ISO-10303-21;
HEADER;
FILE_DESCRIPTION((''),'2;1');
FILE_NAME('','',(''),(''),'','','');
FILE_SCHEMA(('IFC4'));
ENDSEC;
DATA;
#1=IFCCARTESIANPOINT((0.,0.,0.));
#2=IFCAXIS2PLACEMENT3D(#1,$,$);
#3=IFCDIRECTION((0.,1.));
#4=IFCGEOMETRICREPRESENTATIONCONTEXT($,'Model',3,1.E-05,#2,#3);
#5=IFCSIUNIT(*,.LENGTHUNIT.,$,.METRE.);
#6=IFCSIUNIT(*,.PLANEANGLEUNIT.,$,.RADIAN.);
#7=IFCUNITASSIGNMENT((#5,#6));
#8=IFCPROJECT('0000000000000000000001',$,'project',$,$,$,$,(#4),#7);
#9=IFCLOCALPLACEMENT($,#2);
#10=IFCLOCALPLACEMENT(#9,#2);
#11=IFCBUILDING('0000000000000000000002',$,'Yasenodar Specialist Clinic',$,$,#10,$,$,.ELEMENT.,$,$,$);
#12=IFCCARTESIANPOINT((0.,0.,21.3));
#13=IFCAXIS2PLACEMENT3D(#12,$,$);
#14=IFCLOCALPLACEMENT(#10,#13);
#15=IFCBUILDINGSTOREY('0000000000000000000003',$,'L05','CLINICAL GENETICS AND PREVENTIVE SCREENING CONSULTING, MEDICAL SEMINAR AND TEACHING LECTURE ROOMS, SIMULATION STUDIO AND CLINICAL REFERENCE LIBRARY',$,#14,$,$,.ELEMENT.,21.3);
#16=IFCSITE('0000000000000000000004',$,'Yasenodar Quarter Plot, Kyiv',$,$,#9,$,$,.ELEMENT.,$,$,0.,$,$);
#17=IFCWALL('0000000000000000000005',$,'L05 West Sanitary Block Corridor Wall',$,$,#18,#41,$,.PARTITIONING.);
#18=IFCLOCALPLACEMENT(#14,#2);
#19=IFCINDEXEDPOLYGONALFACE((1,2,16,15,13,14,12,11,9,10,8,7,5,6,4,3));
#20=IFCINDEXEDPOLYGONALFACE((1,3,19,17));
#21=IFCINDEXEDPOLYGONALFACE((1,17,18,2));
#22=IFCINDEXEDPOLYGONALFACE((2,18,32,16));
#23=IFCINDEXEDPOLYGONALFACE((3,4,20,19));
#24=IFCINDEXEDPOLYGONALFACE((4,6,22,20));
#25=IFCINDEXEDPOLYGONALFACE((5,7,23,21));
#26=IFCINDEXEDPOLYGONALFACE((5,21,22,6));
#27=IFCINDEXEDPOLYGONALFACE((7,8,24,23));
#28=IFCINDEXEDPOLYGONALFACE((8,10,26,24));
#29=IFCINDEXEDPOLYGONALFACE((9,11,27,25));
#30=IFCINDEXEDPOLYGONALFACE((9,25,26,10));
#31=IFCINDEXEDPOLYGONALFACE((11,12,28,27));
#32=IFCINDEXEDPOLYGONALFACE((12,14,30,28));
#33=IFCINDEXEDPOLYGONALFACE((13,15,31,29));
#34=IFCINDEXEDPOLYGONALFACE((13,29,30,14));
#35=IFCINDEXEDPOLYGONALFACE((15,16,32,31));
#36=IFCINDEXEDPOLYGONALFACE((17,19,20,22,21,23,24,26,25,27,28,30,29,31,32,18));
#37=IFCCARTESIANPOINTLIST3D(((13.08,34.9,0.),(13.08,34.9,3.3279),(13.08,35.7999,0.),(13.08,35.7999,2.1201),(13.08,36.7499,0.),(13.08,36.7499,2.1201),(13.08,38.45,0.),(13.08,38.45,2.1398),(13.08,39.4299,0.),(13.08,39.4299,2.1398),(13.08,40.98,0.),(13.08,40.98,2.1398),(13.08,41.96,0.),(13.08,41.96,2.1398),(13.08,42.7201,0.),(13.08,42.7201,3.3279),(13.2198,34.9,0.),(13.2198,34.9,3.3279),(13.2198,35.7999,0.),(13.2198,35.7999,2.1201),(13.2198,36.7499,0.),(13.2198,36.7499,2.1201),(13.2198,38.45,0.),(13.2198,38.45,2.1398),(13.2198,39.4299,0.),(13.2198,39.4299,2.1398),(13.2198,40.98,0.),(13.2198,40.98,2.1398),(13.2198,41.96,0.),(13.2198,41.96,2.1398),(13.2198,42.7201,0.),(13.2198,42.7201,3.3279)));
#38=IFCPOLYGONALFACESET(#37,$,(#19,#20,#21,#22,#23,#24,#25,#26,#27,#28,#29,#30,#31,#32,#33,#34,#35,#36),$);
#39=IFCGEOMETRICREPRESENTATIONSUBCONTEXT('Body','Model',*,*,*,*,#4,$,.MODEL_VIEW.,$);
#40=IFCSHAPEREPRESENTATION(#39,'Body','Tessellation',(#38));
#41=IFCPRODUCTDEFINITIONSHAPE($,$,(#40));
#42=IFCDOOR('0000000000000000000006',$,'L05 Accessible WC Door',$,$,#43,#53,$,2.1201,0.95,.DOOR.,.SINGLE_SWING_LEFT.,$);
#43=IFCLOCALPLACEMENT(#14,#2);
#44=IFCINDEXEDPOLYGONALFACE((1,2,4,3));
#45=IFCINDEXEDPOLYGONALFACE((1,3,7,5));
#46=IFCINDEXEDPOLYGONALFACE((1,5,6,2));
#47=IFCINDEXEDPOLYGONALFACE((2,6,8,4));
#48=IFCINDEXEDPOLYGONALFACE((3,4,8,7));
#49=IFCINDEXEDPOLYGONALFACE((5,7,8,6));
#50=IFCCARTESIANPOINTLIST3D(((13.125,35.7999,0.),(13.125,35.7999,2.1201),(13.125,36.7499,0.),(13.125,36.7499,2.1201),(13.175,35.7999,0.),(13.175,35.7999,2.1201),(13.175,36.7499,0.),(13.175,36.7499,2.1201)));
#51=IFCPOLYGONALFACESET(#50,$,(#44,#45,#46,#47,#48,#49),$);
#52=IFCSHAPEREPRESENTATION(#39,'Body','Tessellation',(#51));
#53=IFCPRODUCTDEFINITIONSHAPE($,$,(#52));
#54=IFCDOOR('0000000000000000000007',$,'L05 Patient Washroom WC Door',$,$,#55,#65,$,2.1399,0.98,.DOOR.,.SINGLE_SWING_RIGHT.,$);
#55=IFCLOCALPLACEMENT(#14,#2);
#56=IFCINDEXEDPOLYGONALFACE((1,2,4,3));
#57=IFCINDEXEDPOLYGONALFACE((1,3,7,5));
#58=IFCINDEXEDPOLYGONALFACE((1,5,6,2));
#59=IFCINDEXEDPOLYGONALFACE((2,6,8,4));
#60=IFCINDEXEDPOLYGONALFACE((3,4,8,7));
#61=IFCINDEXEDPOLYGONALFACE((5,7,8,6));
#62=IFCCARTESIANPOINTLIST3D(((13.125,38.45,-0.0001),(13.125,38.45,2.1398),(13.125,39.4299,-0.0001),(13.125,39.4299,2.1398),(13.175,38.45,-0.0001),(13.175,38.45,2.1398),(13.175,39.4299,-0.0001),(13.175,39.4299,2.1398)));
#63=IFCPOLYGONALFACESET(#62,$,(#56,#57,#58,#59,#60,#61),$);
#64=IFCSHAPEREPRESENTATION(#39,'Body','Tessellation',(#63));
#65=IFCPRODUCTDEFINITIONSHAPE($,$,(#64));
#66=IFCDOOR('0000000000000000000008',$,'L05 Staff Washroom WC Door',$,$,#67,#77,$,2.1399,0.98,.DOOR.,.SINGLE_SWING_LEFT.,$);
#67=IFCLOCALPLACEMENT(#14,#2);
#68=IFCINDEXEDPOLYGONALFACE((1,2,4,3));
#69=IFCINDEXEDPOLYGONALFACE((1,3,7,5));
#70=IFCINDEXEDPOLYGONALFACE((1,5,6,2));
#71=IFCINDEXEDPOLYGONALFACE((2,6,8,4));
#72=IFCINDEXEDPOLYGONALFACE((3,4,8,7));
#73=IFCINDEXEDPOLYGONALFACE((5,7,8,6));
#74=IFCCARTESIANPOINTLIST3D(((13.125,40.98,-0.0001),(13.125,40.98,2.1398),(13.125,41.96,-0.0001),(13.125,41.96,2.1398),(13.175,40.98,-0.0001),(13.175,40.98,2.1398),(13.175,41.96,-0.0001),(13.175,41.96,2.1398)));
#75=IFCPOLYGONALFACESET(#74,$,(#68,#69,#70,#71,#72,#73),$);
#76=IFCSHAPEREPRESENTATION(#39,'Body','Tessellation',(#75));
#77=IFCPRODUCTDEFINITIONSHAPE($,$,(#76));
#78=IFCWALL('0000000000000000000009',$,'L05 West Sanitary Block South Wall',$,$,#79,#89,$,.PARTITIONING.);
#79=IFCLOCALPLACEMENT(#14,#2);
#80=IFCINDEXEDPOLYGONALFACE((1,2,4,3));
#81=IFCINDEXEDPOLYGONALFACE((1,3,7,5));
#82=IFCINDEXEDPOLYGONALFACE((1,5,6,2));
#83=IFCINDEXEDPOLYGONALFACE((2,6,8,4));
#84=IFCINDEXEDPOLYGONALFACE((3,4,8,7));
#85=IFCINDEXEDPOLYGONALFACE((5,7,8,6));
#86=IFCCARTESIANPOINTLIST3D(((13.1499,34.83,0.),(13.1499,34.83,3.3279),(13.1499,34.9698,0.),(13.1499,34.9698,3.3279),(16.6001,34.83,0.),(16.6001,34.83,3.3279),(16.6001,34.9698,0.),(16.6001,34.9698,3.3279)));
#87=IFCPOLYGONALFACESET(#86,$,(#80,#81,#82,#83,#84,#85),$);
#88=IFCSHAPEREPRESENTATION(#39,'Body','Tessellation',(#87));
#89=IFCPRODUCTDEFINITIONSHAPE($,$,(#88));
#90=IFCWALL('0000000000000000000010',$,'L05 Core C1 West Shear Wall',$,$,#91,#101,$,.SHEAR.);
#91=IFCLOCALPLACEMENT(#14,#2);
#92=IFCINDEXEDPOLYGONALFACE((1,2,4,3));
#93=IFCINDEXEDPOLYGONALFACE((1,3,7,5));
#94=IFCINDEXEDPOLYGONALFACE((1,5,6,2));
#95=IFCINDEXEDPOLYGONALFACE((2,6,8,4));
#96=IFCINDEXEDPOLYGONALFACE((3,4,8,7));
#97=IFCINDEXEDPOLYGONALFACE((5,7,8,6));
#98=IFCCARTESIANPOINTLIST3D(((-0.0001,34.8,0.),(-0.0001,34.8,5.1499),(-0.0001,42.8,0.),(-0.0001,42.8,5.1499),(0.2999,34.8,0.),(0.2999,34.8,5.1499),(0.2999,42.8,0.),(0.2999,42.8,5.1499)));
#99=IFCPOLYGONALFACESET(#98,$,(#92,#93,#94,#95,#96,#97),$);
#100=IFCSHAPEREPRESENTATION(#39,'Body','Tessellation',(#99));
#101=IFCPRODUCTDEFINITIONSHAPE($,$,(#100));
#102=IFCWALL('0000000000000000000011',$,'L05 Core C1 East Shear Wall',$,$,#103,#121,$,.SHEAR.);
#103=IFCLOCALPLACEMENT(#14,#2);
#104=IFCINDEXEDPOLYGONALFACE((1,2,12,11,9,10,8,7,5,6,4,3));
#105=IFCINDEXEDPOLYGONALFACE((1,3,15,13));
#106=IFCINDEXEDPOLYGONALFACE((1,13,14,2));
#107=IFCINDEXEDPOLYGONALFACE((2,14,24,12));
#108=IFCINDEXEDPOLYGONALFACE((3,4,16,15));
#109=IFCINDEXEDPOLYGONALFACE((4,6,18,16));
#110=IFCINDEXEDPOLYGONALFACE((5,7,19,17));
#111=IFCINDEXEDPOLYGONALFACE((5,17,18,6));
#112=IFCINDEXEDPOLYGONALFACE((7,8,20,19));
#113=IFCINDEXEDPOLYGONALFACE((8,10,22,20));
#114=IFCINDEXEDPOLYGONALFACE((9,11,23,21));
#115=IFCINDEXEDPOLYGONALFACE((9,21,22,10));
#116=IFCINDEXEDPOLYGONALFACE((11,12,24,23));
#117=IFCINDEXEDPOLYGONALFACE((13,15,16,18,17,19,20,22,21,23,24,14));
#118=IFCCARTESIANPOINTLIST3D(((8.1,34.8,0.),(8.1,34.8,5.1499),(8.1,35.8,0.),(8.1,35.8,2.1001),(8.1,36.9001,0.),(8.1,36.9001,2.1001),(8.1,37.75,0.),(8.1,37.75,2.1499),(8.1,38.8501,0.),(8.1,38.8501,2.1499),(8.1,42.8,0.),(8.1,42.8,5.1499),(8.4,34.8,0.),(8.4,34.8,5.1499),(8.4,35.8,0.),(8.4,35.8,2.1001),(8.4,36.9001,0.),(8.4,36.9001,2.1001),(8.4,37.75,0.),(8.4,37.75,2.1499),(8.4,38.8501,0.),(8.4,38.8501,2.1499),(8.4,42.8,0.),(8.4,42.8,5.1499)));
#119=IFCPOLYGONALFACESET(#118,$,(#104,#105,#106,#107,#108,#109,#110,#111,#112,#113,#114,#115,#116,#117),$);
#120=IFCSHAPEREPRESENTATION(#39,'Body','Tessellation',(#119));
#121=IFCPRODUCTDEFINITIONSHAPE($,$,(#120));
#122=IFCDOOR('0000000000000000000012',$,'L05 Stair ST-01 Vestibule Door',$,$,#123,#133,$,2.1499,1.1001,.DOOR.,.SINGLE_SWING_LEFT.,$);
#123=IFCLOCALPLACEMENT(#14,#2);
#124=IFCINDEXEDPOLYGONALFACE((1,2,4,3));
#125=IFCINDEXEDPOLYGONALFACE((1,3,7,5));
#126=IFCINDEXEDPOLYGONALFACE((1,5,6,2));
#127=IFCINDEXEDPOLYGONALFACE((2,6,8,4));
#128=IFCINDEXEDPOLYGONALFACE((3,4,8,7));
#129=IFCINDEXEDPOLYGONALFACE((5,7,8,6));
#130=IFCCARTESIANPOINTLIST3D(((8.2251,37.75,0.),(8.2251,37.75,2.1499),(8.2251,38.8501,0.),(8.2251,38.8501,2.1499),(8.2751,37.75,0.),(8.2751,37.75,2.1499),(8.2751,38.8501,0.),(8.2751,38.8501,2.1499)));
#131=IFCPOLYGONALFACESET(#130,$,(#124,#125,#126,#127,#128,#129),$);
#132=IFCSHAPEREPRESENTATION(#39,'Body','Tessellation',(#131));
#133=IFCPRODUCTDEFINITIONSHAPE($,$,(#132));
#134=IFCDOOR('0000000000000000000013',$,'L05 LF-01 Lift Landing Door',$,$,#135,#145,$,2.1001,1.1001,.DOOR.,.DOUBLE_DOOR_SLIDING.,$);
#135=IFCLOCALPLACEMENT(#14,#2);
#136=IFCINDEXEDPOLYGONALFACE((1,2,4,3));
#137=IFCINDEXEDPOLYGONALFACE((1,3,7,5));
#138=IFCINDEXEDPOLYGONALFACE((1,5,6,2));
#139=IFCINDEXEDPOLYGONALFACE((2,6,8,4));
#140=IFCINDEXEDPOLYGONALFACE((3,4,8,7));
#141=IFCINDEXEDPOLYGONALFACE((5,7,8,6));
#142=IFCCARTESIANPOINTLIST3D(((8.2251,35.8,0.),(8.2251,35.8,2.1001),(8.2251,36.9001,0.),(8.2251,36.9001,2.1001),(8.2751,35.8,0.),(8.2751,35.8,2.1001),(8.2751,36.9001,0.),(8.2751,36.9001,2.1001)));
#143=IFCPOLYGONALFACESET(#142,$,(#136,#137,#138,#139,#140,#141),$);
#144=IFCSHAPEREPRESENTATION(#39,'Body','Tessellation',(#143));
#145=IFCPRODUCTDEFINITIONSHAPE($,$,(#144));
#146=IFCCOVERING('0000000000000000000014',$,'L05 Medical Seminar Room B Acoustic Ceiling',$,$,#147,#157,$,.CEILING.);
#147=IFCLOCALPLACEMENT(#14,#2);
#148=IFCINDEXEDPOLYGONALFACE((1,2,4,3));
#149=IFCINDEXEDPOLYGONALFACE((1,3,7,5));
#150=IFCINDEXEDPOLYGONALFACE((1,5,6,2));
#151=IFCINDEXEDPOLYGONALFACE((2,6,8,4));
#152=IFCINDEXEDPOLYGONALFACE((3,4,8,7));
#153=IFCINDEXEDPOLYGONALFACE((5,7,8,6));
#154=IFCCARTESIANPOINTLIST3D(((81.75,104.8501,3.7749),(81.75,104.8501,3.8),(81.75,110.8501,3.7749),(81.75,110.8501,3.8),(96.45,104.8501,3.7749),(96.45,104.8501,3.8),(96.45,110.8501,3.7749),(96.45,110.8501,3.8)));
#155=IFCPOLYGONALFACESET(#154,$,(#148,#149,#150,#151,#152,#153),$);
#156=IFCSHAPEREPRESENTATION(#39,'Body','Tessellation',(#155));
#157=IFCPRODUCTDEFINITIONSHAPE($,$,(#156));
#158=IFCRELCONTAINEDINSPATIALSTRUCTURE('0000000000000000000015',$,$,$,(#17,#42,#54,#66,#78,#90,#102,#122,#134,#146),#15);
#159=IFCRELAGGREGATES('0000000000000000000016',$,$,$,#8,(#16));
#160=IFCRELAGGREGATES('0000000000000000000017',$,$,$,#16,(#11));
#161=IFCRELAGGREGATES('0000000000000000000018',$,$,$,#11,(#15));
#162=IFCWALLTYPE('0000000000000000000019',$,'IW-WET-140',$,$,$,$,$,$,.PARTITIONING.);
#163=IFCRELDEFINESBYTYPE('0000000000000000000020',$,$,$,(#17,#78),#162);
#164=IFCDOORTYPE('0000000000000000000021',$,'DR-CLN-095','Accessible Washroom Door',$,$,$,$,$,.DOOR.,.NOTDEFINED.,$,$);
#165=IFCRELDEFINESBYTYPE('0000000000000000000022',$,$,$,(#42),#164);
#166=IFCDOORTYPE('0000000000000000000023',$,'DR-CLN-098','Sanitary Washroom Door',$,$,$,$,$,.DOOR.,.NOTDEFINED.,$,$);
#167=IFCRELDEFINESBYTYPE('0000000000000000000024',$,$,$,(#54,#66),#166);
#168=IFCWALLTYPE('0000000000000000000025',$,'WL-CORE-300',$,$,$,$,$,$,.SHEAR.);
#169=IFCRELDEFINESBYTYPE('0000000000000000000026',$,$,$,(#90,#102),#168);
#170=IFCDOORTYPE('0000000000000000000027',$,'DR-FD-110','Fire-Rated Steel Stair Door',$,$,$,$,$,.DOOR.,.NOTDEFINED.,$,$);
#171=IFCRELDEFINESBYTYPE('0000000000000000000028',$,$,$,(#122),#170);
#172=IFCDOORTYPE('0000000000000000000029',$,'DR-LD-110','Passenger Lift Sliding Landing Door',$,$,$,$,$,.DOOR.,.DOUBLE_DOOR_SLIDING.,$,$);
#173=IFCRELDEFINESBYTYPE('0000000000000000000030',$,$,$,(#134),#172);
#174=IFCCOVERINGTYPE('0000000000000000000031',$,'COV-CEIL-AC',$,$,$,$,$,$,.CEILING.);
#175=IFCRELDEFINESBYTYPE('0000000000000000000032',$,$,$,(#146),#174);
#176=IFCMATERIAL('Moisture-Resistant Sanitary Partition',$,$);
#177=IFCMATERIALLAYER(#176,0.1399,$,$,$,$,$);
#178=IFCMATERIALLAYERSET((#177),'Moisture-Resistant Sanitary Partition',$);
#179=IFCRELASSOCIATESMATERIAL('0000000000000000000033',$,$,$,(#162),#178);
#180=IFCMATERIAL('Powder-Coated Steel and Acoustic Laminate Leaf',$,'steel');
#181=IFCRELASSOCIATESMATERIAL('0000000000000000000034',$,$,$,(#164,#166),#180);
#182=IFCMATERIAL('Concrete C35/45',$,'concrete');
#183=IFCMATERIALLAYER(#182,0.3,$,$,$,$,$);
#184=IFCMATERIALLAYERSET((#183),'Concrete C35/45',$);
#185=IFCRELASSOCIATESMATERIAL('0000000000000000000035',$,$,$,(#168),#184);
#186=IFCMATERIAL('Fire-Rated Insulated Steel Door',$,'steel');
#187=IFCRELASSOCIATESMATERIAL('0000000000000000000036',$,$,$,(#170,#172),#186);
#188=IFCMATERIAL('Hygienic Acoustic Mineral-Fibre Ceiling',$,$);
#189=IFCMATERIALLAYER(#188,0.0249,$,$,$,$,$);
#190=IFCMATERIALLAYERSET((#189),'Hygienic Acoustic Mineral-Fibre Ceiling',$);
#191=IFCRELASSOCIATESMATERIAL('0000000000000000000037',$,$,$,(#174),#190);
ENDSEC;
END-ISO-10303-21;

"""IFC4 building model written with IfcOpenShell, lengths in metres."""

from ifc_helpers import new_model, si_unit, direction, frame, frame_2d, origin, place, context, subcontext, project, spatial, polyline, rectangle, outline, extrude, material, layer, layer_set, type_object, element, fill, save


model = new_model("IFC4")

# Units and contexts
model_context = context("Model", 3, precision=1e-05, world=origin(), true_north=direction((0.0, 1.0)))
body_context = subcontext(model_context, "Body", "Model", "MODEL_VIEW")
ifc_project = project(units=[si_unit("LENGTHUNIT", "METRE"), si_unit("PLANEANGLEUNIT", "RADIAN")], contexts=[model_context])

# Site, building, storey
site_placement = place(None, origin())
site = spatial("IfcSite", under=ifc_project, at=site_placement, Name="Yasenodar Quarter Plot, Kyiv", CompositionType="ELEMENT", RefElevation=0.0)
building_placement = place(site_placement, origin())
building = spatial("IfcBuilding", under=site, at=building_placement, Name="Yasenodar Specialist Clinic", CompositionType="ELEMENT")
storey_placement = place(building_placement, frame((0.0, 0.0, 21.3)))
storey = spatial("IfcBuildingStorey", under=building, at=storey_placement, Name="L05", Description="CLINICAL GENETICS AND PREVENTIVE SCREENING CONSULTING, MEDICAL SEMINAR AND TEACHING LECTURE ROOMS, SIMULATION STUDIO AND CLINICAL REFERENCE LIBRARY", CompositionType="ELEMENT", Elevation=21.3)

# Shared definitions
ifc_material_1 = material(Name="Concrete C35/45", Category="concrete")

# Wall, openings, doors
ifc_material_2 = material(Name="Moisture-Resistant Sanitary Partition")
ifc_layer_1 = layer(ifc_material_2, 0.1399)
ifc_layer_set_1 = layer_set([ifc_layer_1], Name="Moisture-Resistant Sanitary Partition")
wall_type_1 = type_object("IfcWallType", Name="IW-WET-140", PredefinedType="PARTITIONING", material=ifc_layer_set_1)
wall_1_placement = place(storey_placement, frame((13.1499, 34.8999, 0.0), z_axis=(0.0, 0.0, 1.0), x_axis=(0.0, 1.0, 0.0)))
wall_1 = element("IfcWall", 1, at=wall_1_placement, inside=storey, type_object=wall_type_1, Name="L05 West Sanitary Block Corridor Wall", PredefinedType="PARTITIONING", context=body_context, shape_type="SweptSolid", body=[
    extrude(rectangle(XDim=7.8201, YDim=0.1399, at=frame_2d((3.9102, 0.0))), origin(), (0.0, 0.0, 1.0), 3.3279),
])
opening_1_placement = place(wall_1_placement, frame((0.8999, 0.0, 0.0)))
opening_1 = element("IfcOpeningElement", 2, at=opening_1_placement, cuts=wall_1, PredefinedType="OPENING", context=body_context, shape_type="SweptSolid", body=[
    extrude(rectangle(XDim=0.95, YDim=2.1201, at=frame_2d((0.4751, 1.0601))), frame((0.0, 0.0801, 0.0), z_axis=(0.0, -1.0, 0.0), x_axis=(1.0, 0.0, 0.0)), (0.0, 0.0, 1.0), 0.1599),
])
opening_2_placement = place(wall_1_placement, frame((3.55, 0.0, 0.0)))
opening_2 = element("IfcOpeningElement", 3, at=opening_2_placement, cuts=wall_1, PredefinedType="OPENING", context=body_context, shape_type="SweptSolid", body=[
    extrude(rectangle(XDim=0.98, YDim=2.1399, at=frame_2d((0.49, 1.0698))), frame((0.0, 0.0801, 0.0), z_axis=(0.0, -1.0, 0.0), x_axis=(1.0, 0.0, 0.0)), (0.0, 0.0, 1.0), 0.1599),
])
opening_3_placement = place(wall_1_placement, frame((6.0801, 0.0, 0.0)))
opening_3 = element("IfcOpeningElement", 4, at=opening_3_placement, cuts=wall_1, PredefinedType="OPENING", context=body_context, shape_type="SweptSolid", body=[
    extrude(rectangle(XDim=0.98, YDim=2.1399, at=frame_2d((0.49, 1.0698))), frame((0.0, 0.0801, 0.0), z_axis=(0.0, -1.0, 0.0), x_axis=(1.0, 0.0, 0.0)), (0.0, 0.0, 1.0), 0.1599),
])
ifc_material_3 = material(Name="Powder-Coated Steel and Acoustic Laminate Leaf", Category="steel")
door_type_1 = type_object("IfcDoorType", Name="DR-CLN-095", Description="Accessible Washroom Door", OperationType="NOTDEFINED", PredefinedType="DOOR", material=ifc_material_3)
door_1_placement = place(opening_1_placement, origin())
door_1 = element("IfcDoor", 5, at=door_1_placement, inside=storey, type_object=door_type_1, Name="L05 Accessible WC Door", OperationType="SINGLE_SWING_LEFT", OverallHeight=2.1201, OverallWidth=0.95, PredefinedType="DOOR", context=body_context, shape_type="SweptSolid", body=[
    extrude(rectangle(XDim=0.95, YDim=2.1201, at=frame_2d((0.4751, 1.0601))), frame((0.0, 0.0249, 0.0), z_axis=(0.0, -1.0, 0.0), x_axis=(1.0, 0.0, 0.0)), (0.0, 0.0, 1.0), 0.05),
])
fill(opening_1, door_1)
door_type_2 = type_object("IfcDoorType", Name="DR-CLN-098", Description="Sanitary Washroom Door", OperationType="NOTDEFINED", PredefinedType="DOOR", material=ifc_material_3)
door_2_placement = place(opening_2_placement, origin())
door_2 = element("IfcDoor", 6, at=door_2_placement, inside=storey, type_object=door_type_2, Name="L05 Patient Washroom WC Door", OperationType="SINGLE_SWING_RIGHT", OverallHeight=2.1399, OverallWidth=0.98, PredefinedType="DOOR", context=body_context, shape_type="SweptSolid", body=[
    extrude(rectangle(XDim=0.98, YDim=2.1399, at=frame_2d((0.49, 1.0698))), frame((0.0, 0.0249, 0.0), z_axis=(0.0, -1.0, 0.0), x_axis=(1.0, 0.0, 0.0)), (0.0, 0.0, 1.0), 0.05),
])
fill(opening_2, door_2)
door_3_placement = place(opening_3_placement, origin())
door_3 = element("IfcDoor", 7, at=door_3_placement, inside=storey, type_object=door_type_2, Name="L05 Staff Washroom WC Door", OperationType="SINGLE_SWING_LEFT", OverallHeight=2.1399, OverallWidth=0.98, PredefinedType="DOOR", context=body_context, shape_type="SweptSolid", body=[
    extrude(rectangle(XDim=0.98, YDim=2.1399, at=frame_2d((0.49, 1.0698))), frame((0.0, 0.0249, 0.0), z_axis=(0.0, -1.0, 0.0), x_axis=(1.0, 0.0, 0.0)), (0.0, 0.0, 1.0), 0.05),
])
fill(opening_3, door_3)

# Walls
wall_2_placement = place(storey_placement, frame((13.1499, 34.8999, 0.0), z_axis=(0.0, 0.0, 1.0), x_axis=(1.0, 0.0, 0.0)))
element("IfcWall", 8, at=wall_2_placement, inside=storey, type_object=wall_type_1, Name="L05 West Sanitary Block South Wall", PredefinedType="PARTITIONING", context=body_context, shape_type="SweptSolid", body=[
    extrude(rectangle(XDim=3.4502, YDim=0.1399, at=frame_2d((1.7251, 0.0))), origin(), (0.0, 0.0, 1.0), 3.3279),
])
ifc_layer_2 = layer(ifc_material_1, 0.3)
ifc_layer_set_2 = layer_set([ifc_layer_2], Name="Concrete C35/45")
wall_type_2 = type_object("IfcWallType", Name="WL-CORE-300", PredefinedType="SHEAR", material=ifc_layer_set_2)
wall_3_placement = place(storey_placement, frame((0.1499, 34.8, 0.0), z_axis=(0.0, 0.0, 1.0), x_axis=(0.0, 1.0, 0.0)))
element("IfcWall", 9, at=wall_3_placement, inside=storey, type_object=wall_type_2, Name="L05 Core C1 West Shear Wall", PredefinedType="SHEAR", context=body_context, shape_type="SweptSolid", body=[
    extrude(rectangle(XDim=8.0, YDim=0.3, at=frame_2d((4.0, 0.0))), origin(), (0.0, 0.0, 1.0), 5.1499),
])

# Wall, openings, doors
wall_4_placement = place(storey_placement, frame((8.25, 34.8, 0.0), z_axis=(0.0, 0.0, 1.0), x_axis=(0.0, 1.0, 0.0)))
wall_4 = element("IfcWall", 10, at=wall_4_placement, inside=storey, type_object=wall_type_2, Name="L05 Core C1 East Shear Wall", PredefinedType="SHEAR", context=body_context, shape_type="SweptSolid", body=[
    extrude(rectangle(XDim=8.0, YDim=0.3, at=frame_2d((4.0, 0.0))), origin(), (0.0, 0.0, 1.0), 5.1499),
])
opening_4_placement = place(wall_4_placement, frame((2.95, 0.0, 0.0)))
opening_4 = element("IfcOpeningElement", 11, at=opening_4_placement, cuts=wall_4, PredefinedType="OPENING", context=body_context, shape_type="SweptSolid", body=[
    extrude(rectangle(XDim=1.1001, YDim=2.1499, at=frame_2d((0.55, 1.075))), frame((0.0, 0.1602, 0.0), z_axis=(0.0, -1.0, 0.0), x_axis=(1.0, 0.0, 0.0)), (0.0, 0.0, 1.0), 0.3201),
])
opening_5_placement = place(wall_4_placement, frame((1.0, 0.0, 0.0)))
opening_5 = element("IfcOpeningElement", 12, at=opening_5_placement, cuts=wall_4, PredefinedType="OPENING", context=body_context, shape_type="SweptSolid", body=[
    extrude(rectangle(XDim=1.1001, YDim=2.1001, at=frame_2d((0.55, 1.05))), frame((0.0, 0.1602, 0.0), z_axis=(0.0, -1.0, 0.0), x_axis=(1.0, 0.0, 0.0)), (0.0, 0.0, 1.0), 0.3201),
])
ifc_material_4 = material(Name="Fire-Rated Insulated Steel Door", Category="steel")
door_type_3 = type_object("IfcDoorType", Name="DR-FD-110", Description="Fire-Rated Steel Stair Door", OperationType="NOTDEFINED", PredefinedType="DOOR", material=ifc_material_4)
door_4_placement = place(opening_4_placement, origin())
door_4 = element("IfcDoor", 13, at=door_4_placement, inside=storey, type_object=door_type_3, Name="L05 Stair ST-01 Vestibule Door", OperationType="SINGLE_SWING_LEFT", OverallHeight=2.1499, OverallWidth=1.1001, PredefinedType="DOOR", context=body_context, shape_type="SweptSolid", body=[
    extrude(rectangle(XDim=1.1001, YDim=2.1499, at=frame_2d((0.55, 1.075))), frame((0.0, 0.0249, 0.0), z_axis=(0.0, -1.0, 0.0), x_axis=(1.0, 0.0, 0.0)), (0.0, 0.0, 1.0), 0.05),
])
fill(opening_4, door_4)
door_type_4 = type_object("IfcDoorType", Name="DR-LD-110", Description="Passenger Lift Sliding Landing Door", OperationType="DOUBLE_DOOR_SLIDING", PredefinedType="DOOR", material=ifc_material_4)
door_5_placement = place(opening_5_placement, origin())
door_5 = element("IfcDoor", 14, at=door_5_placement, inside=storey, type_object=door_type_4, Name="L05 LF-01 Lift Landing Door", OperationType="DOUBLE_DOOR_SLIDING", OverallHeight=2.1001, OverallWidth=1.1001, PredefinedType="DOOR", context=body_context, shape_type="SweptSolid", body=[
    extrude(rectangle(XDim=1.1001, YDim=2.1001, at=frame_2d((0.55, 1.05))), frame((0.0, 0.0249, 0.0), z_axis=(0.0, -1.0, 0.0), x_axis=(1.0, 0.0, 0.0)), (0.0, 0.0, 1.0), 0.05),
])
fill(opening_5, door_5)

# Covering
ifc_material_5 = material(Name="Hygienic Acoustic Mineral-Fibre Ceiling")
ifc_layer_3 = layer(ifc_material_5, 0.0249)
ifc_layer_set_3 = layer_set([ifc_layer_3], Name="Hygienic Acoustic Mineral-Fibre Ceiling")
covering_type_1 = type_object("IfcCoveringType", Name="COV-CEIL-AC", PredefinedType="CEILING", material=ifc_layer_set_3)
covering_1_placement = place(storey_placement, frame((0.0, 0.0, 3.7749)))
element("IfcCovering", 15, at=covering_1_placement, inside=storey, type_object=covering_type_1, Name="L05 Medical Seminar Room B Acoustic Ceiling", PredefinedType="CEILING", context=body_context, shape_type="SweptSolid", body=[
    extrude(outline(polyline([(96.45, 104.8501), (81.75, 104.8501), (81.75, 110.8501), (96.45, 110.8501), (96.45, 104.8501)])), origin(), (0.0, 0.0, 1.0), 0.0251),
])

save(model, "model.ifc")
